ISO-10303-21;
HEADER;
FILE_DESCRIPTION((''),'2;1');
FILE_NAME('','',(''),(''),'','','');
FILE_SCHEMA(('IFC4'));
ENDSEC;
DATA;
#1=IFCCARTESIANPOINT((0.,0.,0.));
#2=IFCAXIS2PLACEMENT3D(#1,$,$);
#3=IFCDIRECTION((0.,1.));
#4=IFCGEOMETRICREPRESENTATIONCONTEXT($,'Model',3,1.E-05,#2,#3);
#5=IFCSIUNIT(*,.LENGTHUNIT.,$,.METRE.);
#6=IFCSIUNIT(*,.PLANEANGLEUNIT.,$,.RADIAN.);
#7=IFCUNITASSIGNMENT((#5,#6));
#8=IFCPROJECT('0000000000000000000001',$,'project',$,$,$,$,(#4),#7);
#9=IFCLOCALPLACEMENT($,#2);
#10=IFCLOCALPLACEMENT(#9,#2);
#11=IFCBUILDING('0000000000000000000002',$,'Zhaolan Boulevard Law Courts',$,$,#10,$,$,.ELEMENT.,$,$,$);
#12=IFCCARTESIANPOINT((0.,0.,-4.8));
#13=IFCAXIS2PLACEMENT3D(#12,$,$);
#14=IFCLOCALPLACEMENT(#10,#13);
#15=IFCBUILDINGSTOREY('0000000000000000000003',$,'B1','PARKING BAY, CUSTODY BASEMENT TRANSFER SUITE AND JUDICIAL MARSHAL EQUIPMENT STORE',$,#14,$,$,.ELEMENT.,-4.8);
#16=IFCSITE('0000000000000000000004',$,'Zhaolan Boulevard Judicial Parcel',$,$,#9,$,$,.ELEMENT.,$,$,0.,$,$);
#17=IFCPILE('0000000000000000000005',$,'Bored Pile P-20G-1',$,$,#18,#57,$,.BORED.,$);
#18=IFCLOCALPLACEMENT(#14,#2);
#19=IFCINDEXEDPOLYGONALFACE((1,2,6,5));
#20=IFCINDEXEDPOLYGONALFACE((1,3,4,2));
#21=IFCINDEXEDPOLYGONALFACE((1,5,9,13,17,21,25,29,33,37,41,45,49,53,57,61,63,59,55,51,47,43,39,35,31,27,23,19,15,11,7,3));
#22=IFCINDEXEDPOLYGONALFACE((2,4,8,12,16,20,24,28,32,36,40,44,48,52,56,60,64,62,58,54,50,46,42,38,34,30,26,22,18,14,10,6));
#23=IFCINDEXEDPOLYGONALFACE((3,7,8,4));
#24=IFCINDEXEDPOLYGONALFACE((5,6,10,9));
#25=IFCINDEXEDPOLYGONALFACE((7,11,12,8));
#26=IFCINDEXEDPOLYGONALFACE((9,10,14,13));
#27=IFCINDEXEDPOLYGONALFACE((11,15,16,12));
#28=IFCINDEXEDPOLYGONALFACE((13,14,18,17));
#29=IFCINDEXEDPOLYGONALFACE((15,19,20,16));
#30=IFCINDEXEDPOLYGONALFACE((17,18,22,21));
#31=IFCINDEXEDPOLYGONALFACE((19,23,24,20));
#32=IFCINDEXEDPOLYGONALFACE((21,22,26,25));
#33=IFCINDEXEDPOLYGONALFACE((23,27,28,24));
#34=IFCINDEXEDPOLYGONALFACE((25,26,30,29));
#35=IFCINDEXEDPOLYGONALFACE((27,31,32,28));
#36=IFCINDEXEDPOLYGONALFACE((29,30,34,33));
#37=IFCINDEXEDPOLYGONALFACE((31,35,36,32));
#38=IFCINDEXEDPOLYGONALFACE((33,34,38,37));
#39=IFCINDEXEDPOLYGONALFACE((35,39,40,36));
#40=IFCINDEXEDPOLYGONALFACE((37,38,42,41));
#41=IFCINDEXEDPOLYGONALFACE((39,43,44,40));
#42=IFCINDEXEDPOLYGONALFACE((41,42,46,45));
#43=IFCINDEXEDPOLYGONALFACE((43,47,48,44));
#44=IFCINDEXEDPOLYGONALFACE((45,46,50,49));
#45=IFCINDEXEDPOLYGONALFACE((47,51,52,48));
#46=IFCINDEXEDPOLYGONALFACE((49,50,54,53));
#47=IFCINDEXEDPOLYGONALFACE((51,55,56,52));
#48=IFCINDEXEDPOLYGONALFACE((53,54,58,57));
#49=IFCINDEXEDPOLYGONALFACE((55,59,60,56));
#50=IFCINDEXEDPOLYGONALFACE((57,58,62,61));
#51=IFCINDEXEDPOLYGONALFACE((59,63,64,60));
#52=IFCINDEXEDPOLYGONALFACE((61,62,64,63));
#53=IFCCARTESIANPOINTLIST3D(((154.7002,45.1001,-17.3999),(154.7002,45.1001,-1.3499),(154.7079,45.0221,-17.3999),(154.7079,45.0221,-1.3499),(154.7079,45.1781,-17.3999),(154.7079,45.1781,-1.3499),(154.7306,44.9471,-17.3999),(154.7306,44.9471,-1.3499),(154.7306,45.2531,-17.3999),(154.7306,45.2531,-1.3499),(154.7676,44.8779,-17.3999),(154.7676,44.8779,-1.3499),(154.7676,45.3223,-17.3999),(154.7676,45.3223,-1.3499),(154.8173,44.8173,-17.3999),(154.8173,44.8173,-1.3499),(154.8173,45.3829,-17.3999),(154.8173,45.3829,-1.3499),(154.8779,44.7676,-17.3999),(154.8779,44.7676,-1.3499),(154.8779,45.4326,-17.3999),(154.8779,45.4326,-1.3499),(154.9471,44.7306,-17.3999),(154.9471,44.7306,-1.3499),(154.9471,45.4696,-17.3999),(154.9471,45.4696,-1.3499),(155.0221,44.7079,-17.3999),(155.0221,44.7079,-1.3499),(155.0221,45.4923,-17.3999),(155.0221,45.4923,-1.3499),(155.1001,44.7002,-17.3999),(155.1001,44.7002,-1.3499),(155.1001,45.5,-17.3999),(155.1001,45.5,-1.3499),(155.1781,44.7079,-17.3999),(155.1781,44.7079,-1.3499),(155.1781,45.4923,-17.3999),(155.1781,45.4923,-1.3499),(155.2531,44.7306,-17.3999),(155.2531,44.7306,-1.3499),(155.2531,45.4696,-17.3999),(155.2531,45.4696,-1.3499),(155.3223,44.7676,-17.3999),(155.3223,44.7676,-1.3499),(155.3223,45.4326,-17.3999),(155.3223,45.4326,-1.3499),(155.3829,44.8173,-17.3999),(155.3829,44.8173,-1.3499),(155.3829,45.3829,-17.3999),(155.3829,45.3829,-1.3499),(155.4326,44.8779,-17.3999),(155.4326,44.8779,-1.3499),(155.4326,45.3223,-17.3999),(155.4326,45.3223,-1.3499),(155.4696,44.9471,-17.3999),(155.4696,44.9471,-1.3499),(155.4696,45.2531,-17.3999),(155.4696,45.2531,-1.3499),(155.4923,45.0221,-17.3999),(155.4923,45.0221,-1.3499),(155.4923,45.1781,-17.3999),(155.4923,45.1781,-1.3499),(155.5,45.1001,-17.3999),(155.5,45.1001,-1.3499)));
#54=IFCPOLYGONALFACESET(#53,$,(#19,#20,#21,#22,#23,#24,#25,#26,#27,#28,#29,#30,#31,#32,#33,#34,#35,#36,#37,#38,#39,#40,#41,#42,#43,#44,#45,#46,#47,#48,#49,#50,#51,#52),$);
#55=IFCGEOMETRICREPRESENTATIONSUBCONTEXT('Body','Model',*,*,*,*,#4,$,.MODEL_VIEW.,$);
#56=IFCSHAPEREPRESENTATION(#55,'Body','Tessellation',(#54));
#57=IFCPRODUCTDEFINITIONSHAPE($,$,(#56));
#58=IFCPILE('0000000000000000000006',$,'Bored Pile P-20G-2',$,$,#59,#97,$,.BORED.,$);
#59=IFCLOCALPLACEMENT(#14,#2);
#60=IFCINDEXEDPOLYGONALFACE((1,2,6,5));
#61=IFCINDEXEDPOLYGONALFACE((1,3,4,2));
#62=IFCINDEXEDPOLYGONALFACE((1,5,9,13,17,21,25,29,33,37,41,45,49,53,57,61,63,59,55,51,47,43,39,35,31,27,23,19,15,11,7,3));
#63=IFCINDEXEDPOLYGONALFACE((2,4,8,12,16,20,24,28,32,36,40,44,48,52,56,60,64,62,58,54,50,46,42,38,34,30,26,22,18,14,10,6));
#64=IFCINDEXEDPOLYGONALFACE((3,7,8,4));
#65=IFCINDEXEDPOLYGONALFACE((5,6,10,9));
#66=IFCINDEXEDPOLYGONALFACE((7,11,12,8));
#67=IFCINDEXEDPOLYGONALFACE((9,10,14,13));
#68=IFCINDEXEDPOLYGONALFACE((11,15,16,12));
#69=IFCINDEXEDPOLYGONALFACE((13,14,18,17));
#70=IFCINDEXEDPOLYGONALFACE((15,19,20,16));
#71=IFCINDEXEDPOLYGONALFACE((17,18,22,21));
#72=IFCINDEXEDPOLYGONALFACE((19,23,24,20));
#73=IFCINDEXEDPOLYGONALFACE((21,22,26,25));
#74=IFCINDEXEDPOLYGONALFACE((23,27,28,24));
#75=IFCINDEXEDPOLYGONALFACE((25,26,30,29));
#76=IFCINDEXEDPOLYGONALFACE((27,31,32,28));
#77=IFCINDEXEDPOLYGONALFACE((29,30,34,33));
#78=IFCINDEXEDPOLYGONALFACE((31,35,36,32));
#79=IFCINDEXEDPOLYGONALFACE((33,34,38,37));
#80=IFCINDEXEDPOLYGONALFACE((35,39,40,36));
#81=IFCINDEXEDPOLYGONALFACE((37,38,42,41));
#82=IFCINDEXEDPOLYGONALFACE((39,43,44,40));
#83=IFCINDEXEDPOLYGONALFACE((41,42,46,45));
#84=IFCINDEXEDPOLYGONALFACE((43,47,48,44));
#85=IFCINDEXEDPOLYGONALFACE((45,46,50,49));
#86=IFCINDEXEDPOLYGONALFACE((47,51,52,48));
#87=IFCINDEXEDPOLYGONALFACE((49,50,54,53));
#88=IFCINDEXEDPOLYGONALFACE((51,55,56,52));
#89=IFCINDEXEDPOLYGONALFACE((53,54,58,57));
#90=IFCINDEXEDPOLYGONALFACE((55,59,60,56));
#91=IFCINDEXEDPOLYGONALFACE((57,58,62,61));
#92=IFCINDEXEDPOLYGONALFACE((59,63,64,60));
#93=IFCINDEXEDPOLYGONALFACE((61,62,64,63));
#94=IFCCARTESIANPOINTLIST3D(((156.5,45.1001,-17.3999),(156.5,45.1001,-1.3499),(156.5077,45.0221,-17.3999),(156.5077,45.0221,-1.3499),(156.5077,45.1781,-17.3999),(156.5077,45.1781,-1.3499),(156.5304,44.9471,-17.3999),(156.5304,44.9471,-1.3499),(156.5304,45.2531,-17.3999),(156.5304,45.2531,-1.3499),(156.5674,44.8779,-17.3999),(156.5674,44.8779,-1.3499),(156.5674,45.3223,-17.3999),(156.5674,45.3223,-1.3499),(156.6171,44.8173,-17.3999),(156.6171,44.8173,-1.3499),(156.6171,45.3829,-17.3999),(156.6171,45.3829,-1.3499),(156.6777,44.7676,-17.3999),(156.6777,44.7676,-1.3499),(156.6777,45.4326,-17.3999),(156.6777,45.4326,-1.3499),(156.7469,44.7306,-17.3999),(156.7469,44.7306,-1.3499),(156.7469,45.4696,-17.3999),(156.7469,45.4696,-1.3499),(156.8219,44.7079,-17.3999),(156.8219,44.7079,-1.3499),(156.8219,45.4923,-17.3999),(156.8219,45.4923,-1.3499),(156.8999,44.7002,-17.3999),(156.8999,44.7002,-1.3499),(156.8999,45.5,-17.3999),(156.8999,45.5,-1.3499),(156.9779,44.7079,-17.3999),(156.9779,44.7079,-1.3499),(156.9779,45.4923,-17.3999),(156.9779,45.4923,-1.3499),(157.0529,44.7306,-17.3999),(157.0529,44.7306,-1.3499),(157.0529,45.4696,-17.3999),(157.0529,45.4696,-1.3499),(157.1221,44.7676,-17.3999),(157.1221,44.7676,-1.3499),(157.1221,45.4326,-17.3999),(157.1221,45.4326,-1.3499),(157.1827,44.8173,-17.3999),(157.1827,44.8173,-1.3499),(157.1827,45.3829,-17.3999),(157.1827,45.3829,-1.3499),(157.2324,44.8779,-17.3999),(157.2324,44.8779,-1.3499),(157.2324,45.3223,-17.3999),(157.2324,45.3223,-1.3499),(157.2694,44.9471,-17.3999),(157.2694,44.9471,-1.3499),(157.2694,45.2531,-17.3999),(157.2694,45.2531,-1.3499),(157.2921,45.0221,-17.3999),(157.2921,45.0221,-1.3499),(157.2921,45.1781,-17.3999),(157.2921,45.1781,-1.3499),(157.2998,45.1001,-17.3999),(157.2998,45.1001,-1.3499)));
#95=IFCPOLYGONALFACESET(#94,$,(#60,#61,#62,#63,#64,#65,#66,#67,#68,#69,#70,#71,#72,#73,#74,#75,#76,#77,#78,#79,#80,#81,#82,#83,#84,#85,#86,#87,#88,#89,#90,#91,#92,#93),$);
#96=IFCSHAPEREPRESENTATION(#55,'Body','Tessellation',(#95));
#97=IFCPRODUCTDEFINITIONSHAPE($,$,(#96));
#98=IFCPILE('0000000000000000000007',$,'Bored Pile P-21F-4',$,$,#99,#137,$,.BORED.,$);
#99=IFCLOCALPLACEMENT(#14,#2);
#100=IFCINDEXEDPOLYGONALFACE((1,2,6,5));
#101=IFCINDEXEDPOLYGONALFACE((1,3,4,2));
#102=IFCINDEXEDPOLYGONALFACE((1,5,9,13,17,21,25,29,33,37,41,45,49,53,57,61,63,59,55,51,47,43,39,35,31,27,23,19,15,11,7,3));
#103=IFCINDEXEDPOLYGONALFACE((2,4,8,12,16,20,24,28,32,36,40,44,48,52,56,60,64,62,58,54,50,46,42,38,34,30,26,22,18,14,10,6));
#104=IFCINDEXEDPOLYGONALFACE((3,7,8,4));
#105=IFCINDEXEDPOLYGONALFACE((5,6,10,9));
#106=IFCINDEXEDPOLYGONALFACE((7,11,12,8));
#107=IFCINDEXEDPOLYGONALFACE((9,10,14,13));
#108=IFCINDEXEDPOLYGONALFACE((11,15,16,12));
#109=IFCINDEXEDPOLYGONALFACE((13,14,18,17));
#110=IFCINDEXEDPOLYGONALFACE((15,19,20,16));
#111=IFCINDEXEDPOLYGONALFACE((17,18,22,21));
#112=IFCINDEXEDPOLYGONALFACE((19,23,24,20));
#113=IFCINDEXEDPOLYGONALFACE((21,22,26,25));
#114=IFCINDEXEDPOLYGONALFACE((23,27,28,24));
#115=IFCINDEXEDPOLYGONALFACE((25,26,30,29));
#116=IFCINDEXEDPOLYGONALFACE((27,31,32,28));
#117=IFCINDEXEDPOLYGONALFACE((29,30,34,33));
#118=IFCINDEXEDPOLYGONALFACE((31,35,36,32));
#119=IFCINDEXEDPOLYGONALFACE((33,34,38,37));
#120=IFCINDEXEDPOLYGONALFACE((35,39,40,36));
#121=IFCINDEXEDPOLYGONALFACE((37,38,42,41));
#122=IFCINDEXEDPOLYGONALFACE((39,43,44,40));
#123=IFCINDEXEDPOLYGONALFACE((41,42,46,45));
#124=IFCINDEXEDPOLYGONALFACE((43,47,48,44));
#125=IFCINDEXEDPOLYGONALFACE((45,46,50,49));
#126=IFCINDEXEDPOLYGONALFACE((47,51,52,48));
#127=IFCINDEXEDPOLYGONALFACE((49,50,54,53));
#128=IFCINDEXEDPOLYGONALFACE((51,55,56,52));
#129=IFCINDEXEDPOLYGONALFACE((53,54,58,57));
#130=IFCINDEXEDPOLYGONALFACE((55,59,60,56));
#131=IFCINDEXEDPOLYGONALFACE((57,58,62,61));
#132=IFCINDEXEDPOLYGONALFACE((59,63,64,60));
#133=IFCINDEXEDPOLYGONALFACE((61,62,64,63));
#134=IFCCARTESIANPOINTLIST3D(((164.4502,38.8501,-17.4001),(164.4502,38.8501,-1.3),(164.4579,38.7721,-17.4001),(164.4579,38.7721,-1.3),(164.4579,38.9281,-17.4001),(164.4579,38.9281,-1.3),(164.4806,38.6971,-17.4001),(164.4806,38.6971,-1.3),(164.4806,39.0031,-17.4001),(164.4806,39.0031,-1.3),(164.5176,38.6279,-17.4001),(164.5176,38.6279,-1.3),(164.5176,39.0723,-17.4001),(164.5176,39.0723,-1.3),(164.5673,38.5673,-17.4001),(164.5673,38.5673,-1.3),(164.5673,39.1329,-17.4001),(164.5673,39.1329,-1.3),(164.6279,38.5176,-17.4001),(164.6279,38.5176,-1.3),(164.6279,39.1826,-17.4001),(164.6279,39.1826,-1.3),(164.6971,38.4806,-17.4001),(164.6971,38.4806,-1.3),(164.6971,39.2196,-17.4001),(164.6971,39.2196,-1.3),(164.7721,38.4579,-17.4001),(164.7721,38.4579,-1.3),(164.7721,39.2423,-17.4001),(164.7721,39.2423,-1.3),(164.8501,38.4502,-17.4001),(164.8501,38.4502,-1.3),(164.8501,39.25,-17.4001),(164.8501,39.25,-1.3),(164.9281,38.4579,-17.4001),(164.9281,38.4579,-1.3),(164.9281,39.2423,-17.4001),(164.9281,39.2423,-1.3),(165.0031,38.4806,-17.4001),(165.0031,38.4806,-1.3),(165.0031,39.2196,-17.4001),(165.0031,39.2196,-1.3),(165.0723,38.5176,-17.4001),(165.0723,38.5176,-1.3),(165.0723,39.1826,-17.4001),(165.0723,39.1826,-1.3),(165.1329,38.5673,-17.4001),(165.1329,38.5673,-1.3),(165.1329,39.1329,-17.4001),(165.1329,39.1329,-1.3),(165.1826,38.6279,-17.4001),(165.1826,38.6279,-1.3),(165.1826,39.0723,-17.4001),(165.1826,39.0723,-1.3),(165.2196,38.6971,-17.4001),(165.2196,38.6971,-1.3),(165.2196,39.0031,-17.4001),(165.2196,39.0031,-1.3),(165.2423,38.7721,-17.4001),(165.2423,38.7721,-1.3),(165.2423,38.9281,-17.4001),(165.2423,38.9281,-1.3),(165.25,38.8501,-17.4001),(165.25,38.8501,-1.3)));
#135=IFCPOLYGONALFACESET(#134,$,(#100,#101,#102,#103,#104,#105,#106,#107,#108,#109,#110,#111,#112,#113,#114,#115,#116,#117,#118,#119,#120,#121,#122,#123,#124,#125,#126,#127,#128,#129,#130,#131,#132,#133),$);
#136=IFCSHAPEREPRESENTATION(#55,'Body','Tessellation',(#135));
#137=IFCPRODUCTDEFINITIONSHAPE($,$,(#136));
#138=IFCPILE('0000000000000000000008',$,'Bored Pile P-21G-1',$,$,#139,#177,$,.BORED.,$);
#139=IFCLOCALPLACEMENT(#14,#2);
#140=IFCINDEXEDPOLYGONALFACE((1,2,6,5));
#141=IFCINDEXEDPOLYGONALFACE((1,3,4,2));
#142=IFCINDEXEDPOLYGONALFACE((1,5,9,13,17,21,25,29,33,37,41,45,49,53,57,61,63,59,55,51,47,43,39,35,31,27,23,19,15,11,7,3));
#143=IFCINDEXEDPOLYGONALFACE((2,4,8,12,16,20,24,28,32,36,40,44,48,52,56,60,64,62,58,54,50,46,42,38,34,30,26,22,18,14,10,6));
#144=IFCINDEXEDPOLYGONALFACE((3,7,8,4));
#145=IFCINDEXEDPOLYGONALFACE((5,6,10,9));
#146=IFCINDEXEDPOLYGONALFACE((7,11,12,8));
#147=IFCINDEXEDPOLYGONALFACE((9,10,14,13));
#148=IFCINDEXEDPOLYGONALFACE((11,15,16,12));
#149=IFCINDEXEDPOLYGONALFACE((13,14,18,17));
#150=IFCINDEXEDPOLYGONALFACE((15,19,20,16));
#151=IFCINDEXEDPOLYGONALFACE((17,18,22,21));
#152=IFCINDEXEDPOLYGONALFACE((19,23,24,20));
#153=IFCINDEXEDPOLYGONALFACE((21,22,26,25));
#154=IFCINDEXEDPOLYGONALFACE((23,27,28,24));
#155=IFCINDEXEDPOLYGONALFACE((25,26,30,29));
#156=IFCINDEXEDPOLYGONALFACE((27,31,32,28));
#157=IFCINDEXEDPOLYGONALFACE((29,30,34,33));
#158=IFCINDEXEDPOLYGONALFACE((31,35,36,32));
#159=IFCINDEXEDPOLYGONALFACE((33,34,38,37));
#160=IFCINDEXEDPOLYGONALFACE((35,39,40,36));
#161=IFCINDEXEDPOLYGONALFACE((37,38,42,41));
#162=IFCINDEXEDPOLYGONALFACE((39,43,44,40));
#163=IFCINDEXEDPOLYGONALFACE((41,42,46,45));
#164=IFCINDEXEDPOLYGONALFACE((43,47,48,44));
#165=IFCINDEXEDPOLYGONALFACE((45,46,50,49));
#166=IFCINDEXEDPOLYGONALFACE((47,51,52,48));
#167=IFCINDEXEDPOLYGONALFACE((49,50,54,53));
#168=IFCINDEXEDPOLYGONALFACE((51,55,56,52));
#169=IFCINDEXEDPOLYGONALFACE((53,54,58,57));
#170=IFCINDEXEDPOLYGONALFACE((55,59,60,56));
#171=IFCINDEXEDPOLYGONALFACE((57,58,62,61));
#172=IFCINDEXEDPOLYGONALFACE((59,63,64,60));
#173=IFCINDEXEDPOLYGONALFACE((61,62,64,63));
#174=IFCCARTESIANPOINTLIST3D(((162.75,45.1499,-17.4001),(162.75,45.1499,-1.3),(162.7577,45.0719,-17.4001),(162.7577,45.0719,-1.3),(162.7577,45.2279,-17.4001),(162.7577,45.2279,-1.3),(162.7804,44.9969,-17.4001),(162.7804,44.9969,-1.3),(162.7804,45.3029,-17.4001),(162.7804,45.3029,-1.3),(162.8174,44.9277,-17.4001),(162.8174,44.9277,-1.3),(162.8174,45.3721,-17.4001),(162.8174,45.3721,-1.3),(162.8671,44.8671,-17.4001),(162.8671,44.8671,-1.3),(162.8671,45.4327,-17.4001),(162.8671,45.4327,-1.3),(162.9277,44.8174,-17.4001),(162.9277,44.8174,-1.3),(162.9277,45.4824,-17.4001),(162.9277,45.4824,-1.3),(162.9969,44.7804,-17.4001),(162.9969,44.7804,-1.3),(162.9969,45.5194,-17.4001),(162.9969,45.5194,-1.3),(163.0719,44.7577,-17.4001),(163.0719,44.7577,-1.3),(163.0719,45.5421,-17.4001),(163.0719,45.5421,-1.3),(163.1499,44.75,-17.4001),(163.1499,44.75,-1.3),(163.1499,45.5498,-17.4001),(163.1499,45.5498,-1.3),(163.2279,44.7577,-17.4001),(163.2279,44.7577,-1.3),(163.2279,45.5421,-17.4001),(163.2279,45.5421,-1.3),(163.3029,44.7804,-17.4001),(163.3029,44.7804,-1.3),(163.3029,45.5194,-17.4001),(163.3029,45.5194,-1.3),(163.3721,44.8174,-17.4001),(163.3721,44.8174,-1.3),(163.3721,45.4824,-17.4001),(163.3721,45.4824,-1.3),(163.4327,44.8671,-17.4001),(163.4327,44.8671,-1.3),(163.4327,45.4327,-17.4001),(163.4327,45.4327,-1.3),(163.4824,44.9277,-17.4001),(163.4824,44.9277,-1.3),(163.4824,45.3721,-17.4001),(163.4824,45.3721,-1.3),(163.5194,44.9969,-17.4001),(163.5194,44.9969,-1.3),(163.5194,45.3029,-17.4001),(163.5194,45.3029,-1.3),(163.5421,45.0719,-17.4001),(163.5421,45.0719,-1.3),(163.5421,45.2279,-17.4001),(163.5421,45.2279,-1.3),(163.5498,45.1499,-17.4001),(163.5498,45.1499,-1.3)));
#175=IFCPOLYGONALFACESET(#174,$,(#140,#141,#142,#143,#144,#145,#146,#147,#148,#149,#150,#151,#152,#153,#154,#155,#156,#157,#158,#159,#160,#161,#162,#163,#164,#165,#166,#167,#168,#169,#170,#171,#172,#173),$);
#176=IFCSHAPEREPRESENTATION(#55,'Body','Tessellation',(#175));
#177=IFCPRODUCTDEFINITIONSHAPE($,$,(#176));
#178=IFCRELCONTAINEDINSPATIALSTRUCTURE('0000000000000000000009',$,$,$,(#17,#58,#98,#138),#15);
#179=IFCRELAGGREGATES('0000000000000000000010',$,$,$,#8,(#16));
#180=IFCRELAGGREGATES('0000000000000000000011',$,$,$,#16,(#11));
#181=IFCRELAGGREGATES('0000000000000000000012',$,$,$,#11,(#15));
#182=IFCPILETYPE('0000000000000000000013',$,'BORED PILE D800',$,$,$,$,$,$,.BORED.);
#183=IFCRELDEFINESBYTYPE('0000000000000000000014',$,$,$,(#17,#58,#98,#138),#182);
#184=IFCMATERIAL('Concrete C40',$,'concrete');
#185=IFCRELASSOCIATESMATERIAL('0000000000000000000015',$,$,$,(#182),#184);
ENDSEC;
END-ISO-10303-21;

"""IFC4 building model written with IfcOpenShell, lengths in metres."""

from ifc_helpers import new_model, si_unit, direction, frame, origin, origin_2d, place, context, subcontext, project, spatial, circle, extrude, material, material_profile, profile_set, type_object, element, save


model = new_model("IFC4")

# Units and contexts
model_context = context("Model", 3, precision=1e-05, world=origin(), true_north=direction((0.0, 1.0)))
body_context = subcontext(model_context, "Body", "Model", "MODEL_VIEW")
ifc_project = project(units=[si_unit("LENGTHUNIT", "METRE"), si_unit("PLANEANGLEUNIT", "RADIAN")], contexts=[model_context])

# Site, building, storey
site_placement = place(None, origin())
site = spatial("IfcSite", under=ifc_project, at=site_placement, Name="Zhaolan Boulevard Judicial Parcel", CompositionType="ELEMENT", RefElevation=0.0)
building_placement = place(site_placement, origin())
building = spatial("IfcBuilding", under=site, at=building_placement, Name="Zhaolan Boulevard Law Courts", CompositionType="ELEMENT")
storey_placement = place(building_placement, frame((0.0, 0.0, -4.8)))
storey = spatial("IfcBuildingStorey", under=building, at=storey_placement, Name="B1", Description="PARKING BAY, CUSTODY BASEMENT TRANSFER SUITE AND JUDICIAL MARSHAL EQUIPMENT STORE", CompositionType="ELEMENT", Elevation=-4.8)

# Piles
ifc_material_1 = material(Name="Concrete C40", Category="concrete")
ifc_material_profile_1 = material_profile(ifc_material_1, circle(Radius=0.3999, at=origin_2d()), Name="PILE-D800")
ifc_profile_set_1 = profile_set([ifc_material_profile_1], Name="Concrete C40")
pile_type = type_object("IfcPileType", Name="BORED PILE D800", PredefinedType="BORED", material=ifc_profile_set_1)
for number, where, z_axis, x_axis, name in (
    (1, (155.1001, 45.1001, -1.3499), (0.0, 0.0, -1.0), (1.0, 0.0, 0.0), "Bored Pile P-20G-1"),
    (2, (156.8999, 45.1001, -1.3499), (0.0, 0.0, -1.0), (1.0, 0.0, 0.0), "Bored Pile P-20G-2"),
):
    element("IfcPile", number, at=place(storey_placement, frame(where, z_axis=z_axis, x_axis=x_axis)), inside=storey, type_object=pile_type, Name=name, PredefinedType="BORED", context=body_context, shape_type="SweptSolid", body=[
        extrude(circle(Radius=0.3999, at=origin_2d()), origin(), (0.0, 0.0, 1.0), 16.05),
    ])
for number, where, z_axis, x_axis, name in (
    (3, (164.8501, 38.8501, -1.3), (0.0, 0.0, -1.0), (1.0, 0.0, 0.0), "Bored Pile P-21F-4"),
    (4, (163.1499, 45.1499, -1.3), (0.0, 0.0, -1.0), (1.0, 0.0, 0.0), "Bored Pile P-21G-1"),
):
    element("IfcPile", number, at=place(storey_placement, frame(where, z_axis=z_axis, x_axis=x_axis)), inside=storey, type_object=pile_type, Name=name, PredefinedType="BORED", context=body_context, shape_type="SweptSolid", body=[
        extrude(circle(Radius=0.3999, at=origin_2d()), origin(), (0.0, 0.0, 1.0), 16.1001),
    ])

save(model, "model.ifc")
